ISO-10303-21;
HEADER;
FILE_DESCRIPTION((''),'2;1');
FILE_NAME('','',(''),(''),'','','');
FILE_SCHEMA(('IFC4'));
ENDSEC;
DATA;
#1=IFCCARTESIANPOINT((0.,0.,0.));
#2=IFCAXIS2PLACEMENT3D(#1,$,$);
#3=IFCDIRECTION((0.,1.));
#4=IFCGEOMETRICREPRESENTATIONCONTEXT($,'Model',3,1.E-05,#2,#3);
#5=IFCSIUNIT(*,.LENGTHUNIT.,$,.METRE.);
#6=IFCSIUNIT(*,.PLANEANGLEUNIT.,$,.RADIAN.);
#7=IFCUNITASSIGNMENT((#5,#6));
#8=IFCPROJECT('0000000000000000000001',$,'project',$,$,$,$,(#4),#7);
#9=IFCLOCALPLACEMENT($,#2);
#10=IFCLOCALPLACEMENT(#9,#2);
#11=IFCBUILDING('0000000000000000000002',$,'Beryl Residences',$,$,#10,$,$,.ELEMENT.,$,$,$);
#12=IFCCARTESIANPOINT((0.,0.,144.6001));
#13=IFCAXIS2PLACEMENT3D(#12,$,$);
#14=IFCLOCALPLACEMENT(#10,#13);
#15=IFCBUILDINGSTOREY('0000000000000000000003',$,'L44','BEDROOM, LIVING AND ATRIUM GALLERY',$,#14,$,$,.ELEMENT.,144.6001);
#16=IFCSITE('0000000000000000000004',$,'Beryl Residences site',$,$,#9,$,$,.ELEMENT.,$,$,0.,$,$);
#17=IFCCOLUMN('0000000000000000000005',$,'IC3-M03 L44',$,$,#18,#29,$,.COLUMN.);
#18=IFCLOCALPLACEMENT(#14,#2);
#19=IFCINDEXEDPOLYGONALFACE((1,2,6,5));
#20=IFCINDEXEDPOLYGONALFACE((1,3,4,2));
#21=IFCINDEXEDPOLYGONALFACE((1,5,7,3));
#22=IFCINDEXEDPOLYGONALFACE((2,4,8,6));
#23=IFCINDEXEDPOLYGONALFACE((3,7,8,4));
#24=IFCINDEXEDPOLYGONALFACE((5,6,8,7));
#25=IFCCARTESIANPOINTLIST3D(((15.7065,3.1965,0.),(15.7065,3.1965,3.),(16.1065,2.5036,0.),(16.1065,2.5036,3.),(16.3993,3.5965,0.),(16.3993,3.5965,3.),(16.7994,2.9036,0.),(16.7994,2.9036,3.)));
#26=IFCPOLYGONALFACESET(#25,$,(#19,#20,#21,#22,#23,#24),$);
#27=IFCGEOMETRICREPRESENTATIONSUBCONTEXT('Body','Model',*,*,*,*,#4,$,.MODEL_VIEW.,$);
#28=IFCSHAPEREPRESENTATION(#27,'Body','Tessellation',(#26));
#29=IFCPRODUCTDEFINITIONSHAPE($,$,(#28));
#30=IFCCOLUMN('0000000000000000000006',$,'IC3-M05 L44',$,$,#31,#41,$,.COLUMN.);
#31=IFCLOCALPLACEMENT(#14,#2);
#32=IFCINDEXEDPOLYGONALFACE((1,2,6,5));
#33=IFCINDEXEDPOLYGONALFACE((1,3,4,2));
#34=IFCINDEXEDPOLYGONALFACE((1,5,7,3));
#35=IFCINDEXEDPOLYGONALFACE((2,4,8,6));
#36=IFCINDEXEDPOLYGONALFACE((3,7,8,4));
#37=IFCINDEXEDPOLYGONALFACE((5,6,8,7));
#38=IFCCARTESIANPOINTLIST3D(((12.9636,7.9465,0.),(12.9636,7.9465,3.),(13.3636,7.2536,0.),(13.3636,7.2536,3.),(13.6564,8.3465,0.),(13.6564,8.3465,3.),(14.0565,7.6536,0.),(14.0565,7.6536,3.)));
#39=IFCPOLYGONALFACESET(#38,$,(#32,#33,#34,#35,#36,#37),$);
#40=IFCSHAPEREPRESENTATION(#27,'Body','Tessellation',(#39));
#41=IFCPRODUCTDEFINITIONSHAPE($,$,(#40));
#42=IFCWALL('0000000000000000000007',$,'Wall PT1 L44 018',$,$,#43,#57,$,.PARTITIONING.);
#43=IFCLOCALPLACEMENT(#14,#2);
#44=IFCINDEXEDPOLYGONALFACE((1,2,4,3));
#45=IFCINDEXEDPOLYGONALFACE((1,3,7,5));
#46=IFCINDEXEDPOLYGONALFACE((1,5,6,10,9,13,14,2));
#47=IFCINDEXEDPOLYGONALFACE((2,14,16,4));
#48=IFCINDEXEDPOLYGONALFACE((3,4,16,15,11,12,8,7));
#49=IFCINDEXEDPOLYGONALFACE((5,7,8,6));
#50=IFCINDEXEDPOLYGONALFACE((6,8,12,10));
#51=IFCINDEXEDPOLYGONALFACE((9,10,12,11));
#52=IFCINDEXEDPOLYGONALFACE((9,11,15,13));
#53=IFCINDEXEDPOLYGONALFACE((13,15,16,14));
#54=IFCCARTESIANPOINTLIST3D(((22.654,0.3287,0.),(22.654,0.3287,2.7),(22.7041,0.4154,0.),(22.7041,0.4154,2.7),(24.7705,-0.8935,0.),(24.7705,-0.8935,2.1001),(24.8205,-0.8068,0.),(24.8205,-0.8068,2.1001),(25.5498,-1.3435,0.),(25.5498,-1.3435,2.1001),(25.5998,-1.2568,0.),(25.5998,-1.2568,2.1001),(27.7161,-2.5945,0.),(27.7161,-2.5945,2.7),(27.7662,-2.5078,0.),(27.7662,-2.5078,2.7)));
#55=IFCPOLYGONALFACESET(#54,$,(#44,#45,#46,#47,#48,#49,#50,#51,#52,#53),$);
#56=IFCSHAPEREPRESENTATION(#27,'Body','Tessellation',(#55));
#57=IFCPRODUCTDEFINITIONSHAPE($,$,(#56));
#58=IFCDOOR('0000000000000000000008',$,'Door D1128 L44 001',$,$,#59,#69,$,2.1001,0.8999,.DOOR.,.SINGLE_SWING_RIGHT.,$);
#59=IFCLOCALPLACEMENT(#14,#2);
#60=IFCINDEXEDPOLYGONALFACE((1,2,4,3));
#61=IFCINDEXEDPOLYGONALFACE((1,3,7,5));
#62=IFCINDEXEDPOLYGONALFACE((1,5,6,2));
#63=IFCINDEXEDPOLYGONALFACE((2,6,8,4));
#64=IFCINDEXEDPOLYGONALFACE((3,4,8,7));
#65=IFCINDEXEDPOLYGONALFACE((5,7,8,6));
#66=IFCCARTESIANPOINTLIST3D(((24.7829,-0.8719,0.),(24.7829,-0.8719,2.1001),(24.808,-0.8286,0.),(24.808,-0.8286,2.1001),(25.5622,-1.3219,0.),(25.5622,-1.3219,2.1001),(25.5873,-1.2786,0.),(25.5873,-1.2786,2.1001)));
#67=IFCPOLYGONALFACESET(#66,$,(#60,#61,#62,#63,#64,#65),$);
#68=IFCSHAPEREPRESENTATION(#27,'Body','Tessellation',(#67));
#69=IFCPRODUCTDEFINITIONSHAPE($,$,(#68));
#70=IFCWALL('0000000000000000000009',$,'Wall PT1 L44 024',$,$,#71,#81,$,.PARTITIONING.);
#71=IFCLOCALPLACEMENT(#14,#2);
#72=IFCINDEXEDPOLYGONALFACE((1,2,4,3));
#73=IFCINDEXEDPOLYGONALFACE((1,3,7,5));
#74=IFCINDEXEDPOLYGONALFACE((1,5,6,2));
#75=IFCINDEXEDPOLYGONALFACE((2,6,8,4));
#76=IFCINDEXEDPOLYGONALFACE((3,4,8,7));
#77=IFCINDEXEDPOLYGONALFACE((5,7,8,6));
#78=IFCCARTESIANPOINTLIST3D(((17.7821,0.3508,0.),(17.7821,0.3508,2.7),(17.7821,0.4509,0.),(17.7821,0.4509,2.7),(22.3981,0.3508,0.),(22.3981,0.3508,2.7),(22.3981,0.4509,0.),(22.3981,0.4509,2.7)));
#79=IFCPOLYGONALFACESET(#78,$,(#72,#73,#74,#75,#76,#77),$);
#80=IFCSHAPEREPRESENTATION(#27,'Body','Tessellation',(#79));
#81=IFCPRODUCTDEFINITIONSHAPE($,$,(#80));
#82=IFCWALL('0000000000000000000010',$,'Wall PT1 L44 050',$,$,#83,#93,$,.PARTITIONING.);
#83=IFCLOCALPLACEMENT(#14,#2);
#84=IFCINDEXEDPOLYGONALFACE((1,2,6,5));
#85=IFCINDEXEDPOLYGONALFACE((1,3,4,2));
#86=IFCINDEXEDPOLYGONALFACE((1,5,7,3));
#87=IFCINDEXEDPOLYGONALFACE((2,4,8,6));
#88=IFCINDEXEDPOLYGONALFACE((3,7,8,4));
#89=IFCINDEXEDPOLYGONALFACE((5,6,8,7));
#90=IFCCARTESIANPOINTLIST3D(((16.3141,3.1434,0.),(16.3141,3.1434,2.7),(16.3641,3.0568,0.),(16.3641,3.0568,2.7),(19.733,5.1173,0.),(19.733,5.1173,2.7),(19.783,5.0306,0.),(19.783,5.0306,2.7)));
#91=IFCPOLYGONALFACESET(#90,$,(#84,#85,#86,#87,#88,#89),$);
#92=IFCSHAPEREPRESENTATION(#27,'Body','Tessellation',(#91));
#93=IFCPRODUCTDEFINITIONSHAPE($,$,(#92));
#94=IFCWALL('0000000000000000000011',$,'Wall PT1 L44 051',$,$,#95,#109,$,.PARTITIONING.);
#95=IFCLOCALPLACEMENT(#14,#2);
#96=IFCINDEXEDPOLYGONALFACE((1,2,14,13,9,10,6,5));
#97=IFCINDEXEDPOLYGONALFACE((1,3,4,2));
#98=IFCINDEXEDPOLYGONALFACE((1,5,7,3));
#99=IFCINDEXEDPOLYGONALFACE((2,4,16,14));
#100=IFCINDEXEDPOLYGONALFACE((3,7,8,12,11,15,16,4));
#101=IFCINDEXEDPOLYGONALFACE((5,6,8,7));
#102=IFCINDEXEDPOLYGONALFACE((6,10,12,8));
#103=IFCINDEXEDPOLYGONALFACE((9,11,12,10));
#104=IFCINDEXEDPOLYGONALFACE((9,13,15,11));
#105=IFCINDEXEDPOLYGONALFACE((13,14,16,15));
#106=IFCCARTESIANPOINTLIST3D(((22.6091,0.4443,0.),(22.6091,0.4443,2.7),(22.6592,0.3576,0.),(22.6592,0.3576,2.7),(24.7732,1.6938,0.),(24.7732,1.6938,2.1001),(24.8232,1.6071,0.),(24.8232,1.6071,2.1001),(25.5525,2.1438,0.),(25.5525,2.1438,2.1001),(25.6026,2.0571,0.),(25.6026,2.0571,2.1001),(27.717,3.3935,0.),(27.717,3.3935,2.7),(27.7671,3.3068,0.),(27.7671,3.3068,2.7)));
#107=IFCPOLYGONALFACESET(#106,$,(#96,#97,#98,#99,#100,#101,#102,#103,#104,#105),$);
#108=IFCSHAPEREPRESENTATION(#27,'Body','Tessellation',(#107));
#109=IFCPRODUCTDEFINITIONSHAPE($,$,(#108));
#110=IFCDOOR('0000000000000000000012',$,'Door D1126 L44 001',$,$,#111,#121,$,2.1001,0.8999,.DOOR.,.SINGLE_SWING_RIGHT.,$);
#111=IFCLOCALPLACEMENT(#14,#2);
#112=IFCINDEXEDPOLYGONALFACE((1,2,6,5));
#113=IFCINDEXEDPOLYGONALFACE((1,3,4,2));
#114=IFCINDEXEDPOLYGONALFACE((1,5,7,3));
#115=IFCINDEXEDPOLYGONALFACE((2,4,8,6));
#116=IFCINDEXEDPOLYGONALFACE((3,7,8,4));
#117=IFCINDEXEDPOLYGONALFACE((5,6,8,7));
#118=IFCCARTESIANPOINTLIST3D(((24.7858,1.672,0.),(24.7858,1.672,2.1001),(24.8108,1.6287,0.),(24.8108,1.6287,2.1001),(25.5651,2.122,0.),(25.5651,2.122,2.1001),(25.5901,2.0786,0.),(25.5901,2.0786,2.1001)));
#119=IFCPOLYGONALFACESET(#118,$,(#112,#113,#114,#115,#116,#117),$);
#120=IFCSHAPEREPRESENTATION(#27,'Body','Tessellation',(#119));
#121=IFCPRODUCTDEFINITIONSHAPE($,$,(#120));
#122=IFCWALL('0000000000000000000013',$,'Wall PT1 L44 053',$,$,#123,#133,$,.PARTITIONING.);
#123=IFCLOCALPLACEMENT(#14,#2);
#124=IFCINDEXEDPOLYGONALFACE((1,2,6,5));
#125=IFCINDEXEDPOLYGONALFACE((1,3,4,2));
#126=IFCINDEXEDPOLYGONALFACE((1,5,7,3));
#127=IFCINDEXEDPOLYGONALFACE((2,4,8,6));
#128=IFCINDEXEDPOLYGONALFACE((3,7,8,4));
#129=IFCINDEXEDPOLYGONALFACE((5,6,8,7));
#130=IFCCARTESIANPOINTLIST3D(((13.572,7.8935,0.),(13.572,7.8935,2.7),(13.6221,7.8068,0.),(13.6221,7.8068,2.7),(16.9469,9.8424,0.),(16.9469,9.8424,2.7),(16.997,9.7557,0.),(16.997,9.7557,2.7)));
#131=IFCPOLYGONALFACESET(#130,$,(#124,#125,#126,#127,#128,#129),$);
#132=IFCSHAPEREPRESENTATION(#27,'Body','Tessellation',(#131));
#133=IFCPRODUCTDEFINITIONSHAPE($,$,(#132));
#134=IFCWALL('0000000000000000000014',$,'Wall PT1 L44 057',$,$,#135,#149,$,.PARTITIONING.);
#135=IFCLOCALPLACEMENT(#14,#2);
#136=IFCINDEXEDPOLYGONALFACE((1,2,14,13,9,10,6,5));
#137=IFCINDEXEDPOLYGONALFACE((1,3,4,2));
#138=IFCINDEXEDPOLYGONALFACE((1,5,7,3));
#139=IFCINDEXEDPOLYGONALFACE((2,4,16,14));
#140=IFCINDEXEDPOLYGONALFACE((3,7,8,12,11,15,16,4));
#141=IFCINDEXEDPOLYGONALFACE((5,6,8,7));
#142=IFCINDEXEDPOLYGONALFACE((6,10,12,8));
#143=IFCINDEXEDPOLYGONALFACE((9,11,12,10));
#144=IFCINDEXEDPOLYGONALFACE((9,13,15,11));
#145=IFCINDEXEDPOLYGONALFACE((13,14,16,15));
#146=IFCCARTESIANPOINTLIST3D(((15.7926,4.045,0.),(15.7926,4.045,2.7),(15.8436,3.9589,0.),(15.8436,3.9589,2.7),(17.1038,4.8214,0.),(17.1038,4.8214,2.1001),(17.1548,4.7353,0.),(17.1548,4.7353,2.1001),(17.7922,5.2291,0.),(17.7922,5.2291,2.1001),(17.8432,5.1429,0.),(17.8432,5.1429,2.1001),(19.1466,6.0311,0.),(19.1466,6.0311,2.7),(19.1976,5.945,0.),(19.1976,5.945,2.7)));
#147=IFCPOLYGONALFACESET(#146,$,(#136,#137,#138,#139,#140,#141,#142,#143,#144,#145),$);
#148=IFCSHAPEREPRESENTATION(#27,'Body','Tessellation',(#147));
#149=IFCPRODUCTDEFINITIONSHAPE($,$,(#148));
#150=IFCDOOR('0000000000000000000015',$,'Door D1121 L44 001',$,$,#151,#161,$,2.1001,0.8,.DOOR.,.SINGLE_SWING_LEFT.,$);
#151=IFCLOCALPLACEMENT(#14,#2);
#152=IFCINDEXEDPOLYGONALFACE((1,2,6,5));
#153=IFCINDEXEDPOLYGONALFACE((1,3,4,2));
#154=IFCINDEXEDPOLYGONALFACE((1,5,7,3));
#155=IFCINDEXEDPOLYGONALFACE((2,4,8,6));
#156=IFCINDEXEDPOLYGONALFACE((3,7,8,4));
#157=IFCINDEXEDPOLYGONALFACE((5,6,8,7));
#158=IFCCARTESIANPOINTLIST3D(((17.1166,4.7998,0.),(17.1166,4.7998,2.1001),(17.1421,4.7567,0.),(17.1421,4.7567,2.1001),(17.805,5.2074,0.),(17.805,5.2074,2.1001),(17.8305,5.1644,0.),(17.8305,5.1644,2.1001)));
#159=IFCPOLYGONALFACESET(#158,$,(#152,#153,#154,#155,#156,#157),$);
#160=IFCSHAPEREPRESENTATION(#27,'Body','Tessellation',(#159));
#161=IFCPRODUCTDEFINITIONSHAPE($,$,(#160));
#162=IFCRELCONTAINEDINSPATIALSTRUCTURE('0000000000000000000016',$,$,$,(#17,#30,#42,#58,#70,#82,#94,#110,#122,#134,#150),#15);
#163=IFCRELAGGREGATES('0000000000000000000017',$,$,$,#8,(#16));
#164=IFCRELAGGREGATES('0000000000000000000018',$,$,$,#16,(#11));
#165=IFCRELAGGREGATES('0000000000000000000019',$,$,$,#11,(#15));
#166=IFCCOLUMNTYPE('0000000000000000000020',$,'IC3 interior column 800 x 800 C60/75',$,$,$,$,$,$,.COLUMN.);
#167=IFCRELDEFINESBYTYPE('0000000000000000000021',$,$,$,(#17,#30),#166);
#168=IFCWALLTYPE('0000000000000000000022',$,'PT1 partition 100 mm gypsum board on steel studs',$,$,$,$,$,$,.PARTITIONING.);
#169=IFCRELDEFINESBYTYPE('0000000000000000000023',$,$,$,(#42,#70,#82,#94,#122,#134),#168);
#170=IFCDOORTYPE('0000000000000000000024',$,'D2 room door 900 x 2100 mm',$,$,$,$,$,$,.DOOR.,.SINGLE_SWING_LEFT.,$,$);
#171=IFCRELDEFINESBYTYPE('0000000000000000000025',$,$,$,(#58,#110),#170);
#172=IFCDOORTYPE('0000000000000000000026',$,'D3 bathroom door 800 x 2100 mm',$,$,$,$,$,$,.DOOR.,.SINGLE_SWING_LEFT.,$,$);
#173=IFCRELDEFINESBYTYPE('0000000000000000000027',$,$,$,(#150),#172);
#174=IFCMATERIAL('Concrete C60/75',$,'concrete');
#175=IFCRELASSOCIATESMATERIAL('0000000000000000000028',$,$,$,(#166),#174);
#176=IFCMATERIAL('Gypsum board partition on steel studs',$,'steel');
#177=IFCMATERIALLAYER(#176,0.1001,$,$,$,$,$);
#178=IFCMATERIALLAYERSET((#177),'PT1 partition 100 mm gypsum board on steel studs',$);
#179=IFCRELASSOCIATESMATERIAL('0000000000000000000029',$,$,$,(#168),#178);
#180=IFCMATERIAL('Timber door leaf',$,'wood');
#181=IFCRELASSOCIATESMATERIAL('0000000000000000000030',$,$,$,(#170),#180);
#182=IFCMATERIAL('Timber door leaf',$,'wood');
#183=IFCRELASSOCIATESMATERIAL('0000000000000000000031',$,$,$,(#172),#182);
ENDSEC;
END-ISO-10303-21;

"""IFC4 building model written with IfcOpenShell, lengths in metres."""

from ifc_helpers import new_model, si_unit, direction, frame, frame_2d, origin, origin_2d, place, context, subcontext, project, spatial, rectangle, extrude, material, layer, layer_set, material_profile, profile_set, type_object, element, fill, save


model = new_model("IFC4")

# Units and contexts
model_context = context("Model", 3, precision=1e-05, world=origin(), true_north=direction((0.0, 1.0)))
body_context = subcontext(model_context, "Body", "Model", "MODEL_VIEW")
ifc_project = project(units=[si_unit("LENGTHUNIT", "METRE"), si_unit("PLANEANGLEUNIT", "RADIAN")], contexts=[model_context])

# Site, building, storey
site_placement = place(None, origin())
site = spatial("IfcSite", under=ifc_project, at=site_placement, Name="Beryl Residences site", CompositionType="ELEMENT", RefElevation=0.0)
building_placement = place(site_placement, origin())
building = spatial("IfcBuilding", under=site, at=building_placement, Name="Beryl Residences", CompositionType="ELEMENT")
storey_placement = place(building_placement, frame((0.0, 0.0, 144.6001)))
storey = spatial("IfcBuildingStorey", under=building, at=storey_placement, Name="L44", Description="BEDROOM, LIVING AND ATRIUM GALLERY", CompositionType="ELEMENT", Elevation=144.6001)

# Columns
ifc_material_1 = material(Name="Concrete C60/75", Category="concrete")
ifc_material_profile = material_profile(ifc_material_1, rectangle(XDim=0.8, YDim=0.8, at=origin_2d()))
ifc_profile_set = profile_set([ifc_material_profile], Name="Concrete C60/75")
column_type = type_object("IfcColumnType", Name="IC3 interior column 800 x 800 C60/75", PredefinedType="COLUMN", material=ifc_profile_set)
for number, where, z_axis, x_axis, name in (
    (1, (16.2529, 3.05, 0.0), (0.0, 0.0, 1.0), (-0.5, 0.866025, 0.0), "IC3-M03 L44"),
    (2, (13.51, 7.8, 0.0), (0.0, 0.0, 1.0), (-0.5, 0.866025, 0.0), "IC3-M05 L44"),
):
    element("IfcColumn", number, at=place(storey_placement, frame(where, z_axis=z_axis, x_axis=x_axis)), inside=storey, type_object=column_type, Name=name, PredefinedType="COLUMN", context=body_context, shape_type="SweptSolid", body=[
        extrude(rectangle(XDim=0.8, YDim=0.8, at=origin_2d()), origin(), (0.0, 0.0, 1.0), 3.0),
    ])

# Wall, opening, door
ifc_material_2 = material(Name="Gypsum board partition on steel studs", Category="steel")
ifc_layer = layer(ifc_material_2, 0.1001)
ifc_layer_set = layer_set([ifc_layer], Name="PT1 partition 100 mm gypsum board on steel studs")
wall_type = type_object("IfcWallType", Name="PT1 partition 100 mm gypsum board on steel studs", PredefinedType="PARTITIONING", material=ifc_layer_set)
wall_1_placement = place(storey_placement, frame((22.679, 0.3721, 0.0), z_axis=(0.0, 0.0, 1.0), x_axis=(0.865985, -0.50007, 0.0)))
wall_1 = element("IfcWall", 3, at=wall_1_placement, inside=storey, type_object=wall_type, Name="Wall PT1 L44 018", PredefinedType="PARTITIONING", context=body_context, shape_type="SweptSolid", body=[
    extrude(rectangle(XDim=5.8455, YDim=0.1001, at=frame_2d((2.9229, 0.0))), origin(), (0.0, 0.0, 1.0), 2.7),
])
opening_1_placement = place(wall_1_placement, frame((2.4441, 0.0, 0.0)))
opening_1 = element("IfcOpeningElement", 4, at=opening_1_placement, cuts=wall_1, PredefinedType="OPENING", context=body_context, shape_type="SweptSolid", body=[
    extrude(rectangle(XDim=0.8999, YDim=2.1001, at=frame_2d((0.45, 1.05))), frame((0.0, 0.0601, 0.0), z_axis=(0.0, -1.0, 0.0), x_axis=(1.0, 0.0, 0.0)), (0.0, 0.0, 1.0), 0.1201),
])
ifc_material_3 = material(Name="Timber door leaf", Category="wood")
door_type_1 = type_object("IfcDoorType", Name="D2 room door 900 x 2100 mm", OperationType="SINGLE_SWING_LEFT", PredefinedType="DOOR", material=ifc_material_3)
door_1_placement = place(opening_1_placement, origin())
door_1 = element("IfcDoor", 5, at=door_1_placement, inside=storey, type_object=door_type_1, Name="Door D1128 L44 001", OperationType="SINGLE_SWING_RIGHT", OverallHeight=2.1001, OverallWidth=0.8999, PredefinedType="DOOR", context=body_context, shape_type="SweptSolid", body=[
    extrude(rectangle(XDim=0.8999, YDim=2.1001, at=frame_2d((0.45, 1.05))), frame((0.0, 0.0249, 0.0), z_axis=(0.0, -1.0, 0.0), x_axis=(1.0, 0.0, 0.0)), (0.0, 0.0, 1.0), 0.05),
])
fill(opening_1, door_1)

# Walls
wall_2_placement = place(storey_placement, frame((17.782, 0.4009, 0.0), z_axis=(0.0, 0.0, 1.0), x_axis=(1.0, 0.0, 0.0)))
element("IfcWall", 6, at=wall_2_placement, inside=storey, type_object=wall_type, Name="Wall PT1 L44 024", PredefinedType="PARTITIONING", context=body_context, shape_type="SweptSolid", body=[
    extrude(rectangle(XDim=4.616, YDim=0.1001, at=frame_2d((2.3081, 0.0))), origin(), (0.0, 0.0, 1.0), 2.7),
])
wall_3_placement = place(storey_placement, frame((16.3391, 3.1001, 0.0), z_axis=(0.0, 0.0, 1.0), x_axis=(0.866031, 0.49999, 0.0)))
element("IfcWall", 7, at=wall_3_placement, inside=storey, type_object=wall_type, Name="Wall PT1 L44 050", PredefinedType="PARTITIONING", context=body_context, shape_type="SweptSolid", body=[
    extrude(rectangle(XDim=3.9478, YDim=0.1001, at=frame_2d((1.9739, 0.0))), origin(), (0.0, 0.0, 1.0), 2.7),
])

# Wall, opening, door
wall_4_placement = place(storey_placement, frame((22.634, 0.4009, 0.0), z_axis=(0.0, 0.0, 1.0), x_axis=(0.866013, 0.500021, 0.0)))
wall_4 = element("IfcWall", 8, at=wall_4_placement, inside=storey, type_object=wall_type, Name="Wall PT1 L44 051", PredefinedType="PARTITIONING", context=body_context, shape_type="SweptSolid", body=[
    extrude(rectangle(XDim=5.8982, YDim=0.1001, at=frame_2d((2.9492, 0.0))), origin(), (0.0, 0.0, 1.0), 2.7),
])
opening_2_placement = place(wall_4_placement, frame((2.499, 0.0, 0.0)))
opening_2 = element("IfcOpeningElement", 9, at=opening_2_placement, cuts=wall_4, PredefinedType="OPENING", context=body_context, shape_type="SweptSolid", body=[
    extrude(rectangle(XDim=0.8999, YDim=2.1001, at=frame_2d((0.45, 1.05))), frame((0.0, 0.0601, 0.0), z_axis=(0.0, -1.0, 0.0), x_axis=(1.0, 0.0, 0.0)), (0.0, 0.0, 1.0), 0.1201),
])
door_2_placement = place(opening_2_placement, origin())
door_2 = element("IfcDoor", 10, at=door_2_placement, inside=storey, type_object=door_type_1, Name="Door D1126 L44 001", OperationType="SINGLE_SWING_RIGHT", OverallHeight=2.1001, OverallWidth=0.8999, PredefinedType="DOOR", context=body_context, shape_type="SweptSolid", body=[
    extrude(rectangle(XDim=0.8999, YDim=2.1001, at=frame_2d((0.45, 1.05))), frame((0.0, 0.0249, 0.0), z_axis=(0.0, -1.0, 0.0), x_axis=(1.0, 0.0, 0.0)), (0.0, 0.0, 1.0), 0.05),
])
fill(opening_2, door_2)

# Wall
wall_5_placement = place(storey_placement, frame((13.5969, 7.8501, 0.0), z_axis=(0.0, 0.0, 1.0), x_axis=(0.865979, 0.50008, 0.0)))
element("IfcWall", 11, at=wall_5_placement, inside=storey, type_object=wall_type, Name="Wall PT1 L44 053", PredefinedType="PARTITIONING", context=body_context, shape_type="SweptSolid", body=[
    extrude(rectangle(XDim=3.8972, YDim=0.1001, at=frame_2d((1.9487, 0.0))), origin(), (0.0, 0.0, 1.0), 2.7),
])

# Wall, opening, door
wall_6_placement = place(storey_placement, frame((15.8181, 4.002, 0.0), z_axis=(0.0, 0.0, 1.0), x_axis=(0.860457, 0.509523, 0.0)))
wall_6 = element("IfcWall", 12, at=wall_6_placement, inside=storey, type_object=wall_type, Name="Wall PT1 L44 057", PredefinedType="PARTITIONING", context=body_context, shape_type="SweptSolid", body=[
    extrude(rectangle(XDim=3.8979, YDim=0.1001, at=frame_2d((1.949, 0.0))), origin(), (0.0, 0.0, 1.0), 2.7),
])
opening_3_placement = place(wall_6_placement, frame((1.5239, 0.0, 0.0)))
opening_3 = element("IfcOpeningElement", 13, at=opening_3_placement, cuts=wall_6, PredefinedType="OPENING", context=body_context, shape_type="SweptSolid", body=[
    extrude(rectangle(XDim=0.8, YDim=2.1001, at=frame_2d((0.3999, 1.05))), frame((0.0, 0.0601, 0.0), z_axis=(0.0, -1.0, 0.0), x_axis=(1.0, 0.0, 0.0)), (0.0, 0.0, 1.0), 0.1201),
])
ifc_material_4 = material(Name="Timber door leaf", Category="wood")
door_type_2 = type_object("IfcDoorType", Name="D3 bathroom door 800 x 2100 mm", OperationType="SINGLE_SWING_LEFT", PredefinedType="DOOR", material=ifc_material_4)
door_3_placement = place(opening_3_placement, origin())
door_3 = element("IfcDoor", 14, at=door_3_placement, inside=storey, type_object=door_type_2, Name="Door D1121 L44 001", OperationType="SINGLE_SWING_LEFT", OverallHeight=2.1001, OverallWidth=0.8, PredefinedType="DOOR", context=body_context, shape_type="SweptSolid", body=[
    extrude(rectangle(XDim=0.8, YDim=2.1001, at=frame_2d((0.3999, 1.05))), frame((0.0, 0.0249, 0.0), z_axis=(0.0, -1.0, 0.0), x_axis=(1.0, 0.0, 0.0)), (0.0, 0.0, 1.0), 0.05),
])
fill(opening_3, door_3)

save(model, "model.ifc")
